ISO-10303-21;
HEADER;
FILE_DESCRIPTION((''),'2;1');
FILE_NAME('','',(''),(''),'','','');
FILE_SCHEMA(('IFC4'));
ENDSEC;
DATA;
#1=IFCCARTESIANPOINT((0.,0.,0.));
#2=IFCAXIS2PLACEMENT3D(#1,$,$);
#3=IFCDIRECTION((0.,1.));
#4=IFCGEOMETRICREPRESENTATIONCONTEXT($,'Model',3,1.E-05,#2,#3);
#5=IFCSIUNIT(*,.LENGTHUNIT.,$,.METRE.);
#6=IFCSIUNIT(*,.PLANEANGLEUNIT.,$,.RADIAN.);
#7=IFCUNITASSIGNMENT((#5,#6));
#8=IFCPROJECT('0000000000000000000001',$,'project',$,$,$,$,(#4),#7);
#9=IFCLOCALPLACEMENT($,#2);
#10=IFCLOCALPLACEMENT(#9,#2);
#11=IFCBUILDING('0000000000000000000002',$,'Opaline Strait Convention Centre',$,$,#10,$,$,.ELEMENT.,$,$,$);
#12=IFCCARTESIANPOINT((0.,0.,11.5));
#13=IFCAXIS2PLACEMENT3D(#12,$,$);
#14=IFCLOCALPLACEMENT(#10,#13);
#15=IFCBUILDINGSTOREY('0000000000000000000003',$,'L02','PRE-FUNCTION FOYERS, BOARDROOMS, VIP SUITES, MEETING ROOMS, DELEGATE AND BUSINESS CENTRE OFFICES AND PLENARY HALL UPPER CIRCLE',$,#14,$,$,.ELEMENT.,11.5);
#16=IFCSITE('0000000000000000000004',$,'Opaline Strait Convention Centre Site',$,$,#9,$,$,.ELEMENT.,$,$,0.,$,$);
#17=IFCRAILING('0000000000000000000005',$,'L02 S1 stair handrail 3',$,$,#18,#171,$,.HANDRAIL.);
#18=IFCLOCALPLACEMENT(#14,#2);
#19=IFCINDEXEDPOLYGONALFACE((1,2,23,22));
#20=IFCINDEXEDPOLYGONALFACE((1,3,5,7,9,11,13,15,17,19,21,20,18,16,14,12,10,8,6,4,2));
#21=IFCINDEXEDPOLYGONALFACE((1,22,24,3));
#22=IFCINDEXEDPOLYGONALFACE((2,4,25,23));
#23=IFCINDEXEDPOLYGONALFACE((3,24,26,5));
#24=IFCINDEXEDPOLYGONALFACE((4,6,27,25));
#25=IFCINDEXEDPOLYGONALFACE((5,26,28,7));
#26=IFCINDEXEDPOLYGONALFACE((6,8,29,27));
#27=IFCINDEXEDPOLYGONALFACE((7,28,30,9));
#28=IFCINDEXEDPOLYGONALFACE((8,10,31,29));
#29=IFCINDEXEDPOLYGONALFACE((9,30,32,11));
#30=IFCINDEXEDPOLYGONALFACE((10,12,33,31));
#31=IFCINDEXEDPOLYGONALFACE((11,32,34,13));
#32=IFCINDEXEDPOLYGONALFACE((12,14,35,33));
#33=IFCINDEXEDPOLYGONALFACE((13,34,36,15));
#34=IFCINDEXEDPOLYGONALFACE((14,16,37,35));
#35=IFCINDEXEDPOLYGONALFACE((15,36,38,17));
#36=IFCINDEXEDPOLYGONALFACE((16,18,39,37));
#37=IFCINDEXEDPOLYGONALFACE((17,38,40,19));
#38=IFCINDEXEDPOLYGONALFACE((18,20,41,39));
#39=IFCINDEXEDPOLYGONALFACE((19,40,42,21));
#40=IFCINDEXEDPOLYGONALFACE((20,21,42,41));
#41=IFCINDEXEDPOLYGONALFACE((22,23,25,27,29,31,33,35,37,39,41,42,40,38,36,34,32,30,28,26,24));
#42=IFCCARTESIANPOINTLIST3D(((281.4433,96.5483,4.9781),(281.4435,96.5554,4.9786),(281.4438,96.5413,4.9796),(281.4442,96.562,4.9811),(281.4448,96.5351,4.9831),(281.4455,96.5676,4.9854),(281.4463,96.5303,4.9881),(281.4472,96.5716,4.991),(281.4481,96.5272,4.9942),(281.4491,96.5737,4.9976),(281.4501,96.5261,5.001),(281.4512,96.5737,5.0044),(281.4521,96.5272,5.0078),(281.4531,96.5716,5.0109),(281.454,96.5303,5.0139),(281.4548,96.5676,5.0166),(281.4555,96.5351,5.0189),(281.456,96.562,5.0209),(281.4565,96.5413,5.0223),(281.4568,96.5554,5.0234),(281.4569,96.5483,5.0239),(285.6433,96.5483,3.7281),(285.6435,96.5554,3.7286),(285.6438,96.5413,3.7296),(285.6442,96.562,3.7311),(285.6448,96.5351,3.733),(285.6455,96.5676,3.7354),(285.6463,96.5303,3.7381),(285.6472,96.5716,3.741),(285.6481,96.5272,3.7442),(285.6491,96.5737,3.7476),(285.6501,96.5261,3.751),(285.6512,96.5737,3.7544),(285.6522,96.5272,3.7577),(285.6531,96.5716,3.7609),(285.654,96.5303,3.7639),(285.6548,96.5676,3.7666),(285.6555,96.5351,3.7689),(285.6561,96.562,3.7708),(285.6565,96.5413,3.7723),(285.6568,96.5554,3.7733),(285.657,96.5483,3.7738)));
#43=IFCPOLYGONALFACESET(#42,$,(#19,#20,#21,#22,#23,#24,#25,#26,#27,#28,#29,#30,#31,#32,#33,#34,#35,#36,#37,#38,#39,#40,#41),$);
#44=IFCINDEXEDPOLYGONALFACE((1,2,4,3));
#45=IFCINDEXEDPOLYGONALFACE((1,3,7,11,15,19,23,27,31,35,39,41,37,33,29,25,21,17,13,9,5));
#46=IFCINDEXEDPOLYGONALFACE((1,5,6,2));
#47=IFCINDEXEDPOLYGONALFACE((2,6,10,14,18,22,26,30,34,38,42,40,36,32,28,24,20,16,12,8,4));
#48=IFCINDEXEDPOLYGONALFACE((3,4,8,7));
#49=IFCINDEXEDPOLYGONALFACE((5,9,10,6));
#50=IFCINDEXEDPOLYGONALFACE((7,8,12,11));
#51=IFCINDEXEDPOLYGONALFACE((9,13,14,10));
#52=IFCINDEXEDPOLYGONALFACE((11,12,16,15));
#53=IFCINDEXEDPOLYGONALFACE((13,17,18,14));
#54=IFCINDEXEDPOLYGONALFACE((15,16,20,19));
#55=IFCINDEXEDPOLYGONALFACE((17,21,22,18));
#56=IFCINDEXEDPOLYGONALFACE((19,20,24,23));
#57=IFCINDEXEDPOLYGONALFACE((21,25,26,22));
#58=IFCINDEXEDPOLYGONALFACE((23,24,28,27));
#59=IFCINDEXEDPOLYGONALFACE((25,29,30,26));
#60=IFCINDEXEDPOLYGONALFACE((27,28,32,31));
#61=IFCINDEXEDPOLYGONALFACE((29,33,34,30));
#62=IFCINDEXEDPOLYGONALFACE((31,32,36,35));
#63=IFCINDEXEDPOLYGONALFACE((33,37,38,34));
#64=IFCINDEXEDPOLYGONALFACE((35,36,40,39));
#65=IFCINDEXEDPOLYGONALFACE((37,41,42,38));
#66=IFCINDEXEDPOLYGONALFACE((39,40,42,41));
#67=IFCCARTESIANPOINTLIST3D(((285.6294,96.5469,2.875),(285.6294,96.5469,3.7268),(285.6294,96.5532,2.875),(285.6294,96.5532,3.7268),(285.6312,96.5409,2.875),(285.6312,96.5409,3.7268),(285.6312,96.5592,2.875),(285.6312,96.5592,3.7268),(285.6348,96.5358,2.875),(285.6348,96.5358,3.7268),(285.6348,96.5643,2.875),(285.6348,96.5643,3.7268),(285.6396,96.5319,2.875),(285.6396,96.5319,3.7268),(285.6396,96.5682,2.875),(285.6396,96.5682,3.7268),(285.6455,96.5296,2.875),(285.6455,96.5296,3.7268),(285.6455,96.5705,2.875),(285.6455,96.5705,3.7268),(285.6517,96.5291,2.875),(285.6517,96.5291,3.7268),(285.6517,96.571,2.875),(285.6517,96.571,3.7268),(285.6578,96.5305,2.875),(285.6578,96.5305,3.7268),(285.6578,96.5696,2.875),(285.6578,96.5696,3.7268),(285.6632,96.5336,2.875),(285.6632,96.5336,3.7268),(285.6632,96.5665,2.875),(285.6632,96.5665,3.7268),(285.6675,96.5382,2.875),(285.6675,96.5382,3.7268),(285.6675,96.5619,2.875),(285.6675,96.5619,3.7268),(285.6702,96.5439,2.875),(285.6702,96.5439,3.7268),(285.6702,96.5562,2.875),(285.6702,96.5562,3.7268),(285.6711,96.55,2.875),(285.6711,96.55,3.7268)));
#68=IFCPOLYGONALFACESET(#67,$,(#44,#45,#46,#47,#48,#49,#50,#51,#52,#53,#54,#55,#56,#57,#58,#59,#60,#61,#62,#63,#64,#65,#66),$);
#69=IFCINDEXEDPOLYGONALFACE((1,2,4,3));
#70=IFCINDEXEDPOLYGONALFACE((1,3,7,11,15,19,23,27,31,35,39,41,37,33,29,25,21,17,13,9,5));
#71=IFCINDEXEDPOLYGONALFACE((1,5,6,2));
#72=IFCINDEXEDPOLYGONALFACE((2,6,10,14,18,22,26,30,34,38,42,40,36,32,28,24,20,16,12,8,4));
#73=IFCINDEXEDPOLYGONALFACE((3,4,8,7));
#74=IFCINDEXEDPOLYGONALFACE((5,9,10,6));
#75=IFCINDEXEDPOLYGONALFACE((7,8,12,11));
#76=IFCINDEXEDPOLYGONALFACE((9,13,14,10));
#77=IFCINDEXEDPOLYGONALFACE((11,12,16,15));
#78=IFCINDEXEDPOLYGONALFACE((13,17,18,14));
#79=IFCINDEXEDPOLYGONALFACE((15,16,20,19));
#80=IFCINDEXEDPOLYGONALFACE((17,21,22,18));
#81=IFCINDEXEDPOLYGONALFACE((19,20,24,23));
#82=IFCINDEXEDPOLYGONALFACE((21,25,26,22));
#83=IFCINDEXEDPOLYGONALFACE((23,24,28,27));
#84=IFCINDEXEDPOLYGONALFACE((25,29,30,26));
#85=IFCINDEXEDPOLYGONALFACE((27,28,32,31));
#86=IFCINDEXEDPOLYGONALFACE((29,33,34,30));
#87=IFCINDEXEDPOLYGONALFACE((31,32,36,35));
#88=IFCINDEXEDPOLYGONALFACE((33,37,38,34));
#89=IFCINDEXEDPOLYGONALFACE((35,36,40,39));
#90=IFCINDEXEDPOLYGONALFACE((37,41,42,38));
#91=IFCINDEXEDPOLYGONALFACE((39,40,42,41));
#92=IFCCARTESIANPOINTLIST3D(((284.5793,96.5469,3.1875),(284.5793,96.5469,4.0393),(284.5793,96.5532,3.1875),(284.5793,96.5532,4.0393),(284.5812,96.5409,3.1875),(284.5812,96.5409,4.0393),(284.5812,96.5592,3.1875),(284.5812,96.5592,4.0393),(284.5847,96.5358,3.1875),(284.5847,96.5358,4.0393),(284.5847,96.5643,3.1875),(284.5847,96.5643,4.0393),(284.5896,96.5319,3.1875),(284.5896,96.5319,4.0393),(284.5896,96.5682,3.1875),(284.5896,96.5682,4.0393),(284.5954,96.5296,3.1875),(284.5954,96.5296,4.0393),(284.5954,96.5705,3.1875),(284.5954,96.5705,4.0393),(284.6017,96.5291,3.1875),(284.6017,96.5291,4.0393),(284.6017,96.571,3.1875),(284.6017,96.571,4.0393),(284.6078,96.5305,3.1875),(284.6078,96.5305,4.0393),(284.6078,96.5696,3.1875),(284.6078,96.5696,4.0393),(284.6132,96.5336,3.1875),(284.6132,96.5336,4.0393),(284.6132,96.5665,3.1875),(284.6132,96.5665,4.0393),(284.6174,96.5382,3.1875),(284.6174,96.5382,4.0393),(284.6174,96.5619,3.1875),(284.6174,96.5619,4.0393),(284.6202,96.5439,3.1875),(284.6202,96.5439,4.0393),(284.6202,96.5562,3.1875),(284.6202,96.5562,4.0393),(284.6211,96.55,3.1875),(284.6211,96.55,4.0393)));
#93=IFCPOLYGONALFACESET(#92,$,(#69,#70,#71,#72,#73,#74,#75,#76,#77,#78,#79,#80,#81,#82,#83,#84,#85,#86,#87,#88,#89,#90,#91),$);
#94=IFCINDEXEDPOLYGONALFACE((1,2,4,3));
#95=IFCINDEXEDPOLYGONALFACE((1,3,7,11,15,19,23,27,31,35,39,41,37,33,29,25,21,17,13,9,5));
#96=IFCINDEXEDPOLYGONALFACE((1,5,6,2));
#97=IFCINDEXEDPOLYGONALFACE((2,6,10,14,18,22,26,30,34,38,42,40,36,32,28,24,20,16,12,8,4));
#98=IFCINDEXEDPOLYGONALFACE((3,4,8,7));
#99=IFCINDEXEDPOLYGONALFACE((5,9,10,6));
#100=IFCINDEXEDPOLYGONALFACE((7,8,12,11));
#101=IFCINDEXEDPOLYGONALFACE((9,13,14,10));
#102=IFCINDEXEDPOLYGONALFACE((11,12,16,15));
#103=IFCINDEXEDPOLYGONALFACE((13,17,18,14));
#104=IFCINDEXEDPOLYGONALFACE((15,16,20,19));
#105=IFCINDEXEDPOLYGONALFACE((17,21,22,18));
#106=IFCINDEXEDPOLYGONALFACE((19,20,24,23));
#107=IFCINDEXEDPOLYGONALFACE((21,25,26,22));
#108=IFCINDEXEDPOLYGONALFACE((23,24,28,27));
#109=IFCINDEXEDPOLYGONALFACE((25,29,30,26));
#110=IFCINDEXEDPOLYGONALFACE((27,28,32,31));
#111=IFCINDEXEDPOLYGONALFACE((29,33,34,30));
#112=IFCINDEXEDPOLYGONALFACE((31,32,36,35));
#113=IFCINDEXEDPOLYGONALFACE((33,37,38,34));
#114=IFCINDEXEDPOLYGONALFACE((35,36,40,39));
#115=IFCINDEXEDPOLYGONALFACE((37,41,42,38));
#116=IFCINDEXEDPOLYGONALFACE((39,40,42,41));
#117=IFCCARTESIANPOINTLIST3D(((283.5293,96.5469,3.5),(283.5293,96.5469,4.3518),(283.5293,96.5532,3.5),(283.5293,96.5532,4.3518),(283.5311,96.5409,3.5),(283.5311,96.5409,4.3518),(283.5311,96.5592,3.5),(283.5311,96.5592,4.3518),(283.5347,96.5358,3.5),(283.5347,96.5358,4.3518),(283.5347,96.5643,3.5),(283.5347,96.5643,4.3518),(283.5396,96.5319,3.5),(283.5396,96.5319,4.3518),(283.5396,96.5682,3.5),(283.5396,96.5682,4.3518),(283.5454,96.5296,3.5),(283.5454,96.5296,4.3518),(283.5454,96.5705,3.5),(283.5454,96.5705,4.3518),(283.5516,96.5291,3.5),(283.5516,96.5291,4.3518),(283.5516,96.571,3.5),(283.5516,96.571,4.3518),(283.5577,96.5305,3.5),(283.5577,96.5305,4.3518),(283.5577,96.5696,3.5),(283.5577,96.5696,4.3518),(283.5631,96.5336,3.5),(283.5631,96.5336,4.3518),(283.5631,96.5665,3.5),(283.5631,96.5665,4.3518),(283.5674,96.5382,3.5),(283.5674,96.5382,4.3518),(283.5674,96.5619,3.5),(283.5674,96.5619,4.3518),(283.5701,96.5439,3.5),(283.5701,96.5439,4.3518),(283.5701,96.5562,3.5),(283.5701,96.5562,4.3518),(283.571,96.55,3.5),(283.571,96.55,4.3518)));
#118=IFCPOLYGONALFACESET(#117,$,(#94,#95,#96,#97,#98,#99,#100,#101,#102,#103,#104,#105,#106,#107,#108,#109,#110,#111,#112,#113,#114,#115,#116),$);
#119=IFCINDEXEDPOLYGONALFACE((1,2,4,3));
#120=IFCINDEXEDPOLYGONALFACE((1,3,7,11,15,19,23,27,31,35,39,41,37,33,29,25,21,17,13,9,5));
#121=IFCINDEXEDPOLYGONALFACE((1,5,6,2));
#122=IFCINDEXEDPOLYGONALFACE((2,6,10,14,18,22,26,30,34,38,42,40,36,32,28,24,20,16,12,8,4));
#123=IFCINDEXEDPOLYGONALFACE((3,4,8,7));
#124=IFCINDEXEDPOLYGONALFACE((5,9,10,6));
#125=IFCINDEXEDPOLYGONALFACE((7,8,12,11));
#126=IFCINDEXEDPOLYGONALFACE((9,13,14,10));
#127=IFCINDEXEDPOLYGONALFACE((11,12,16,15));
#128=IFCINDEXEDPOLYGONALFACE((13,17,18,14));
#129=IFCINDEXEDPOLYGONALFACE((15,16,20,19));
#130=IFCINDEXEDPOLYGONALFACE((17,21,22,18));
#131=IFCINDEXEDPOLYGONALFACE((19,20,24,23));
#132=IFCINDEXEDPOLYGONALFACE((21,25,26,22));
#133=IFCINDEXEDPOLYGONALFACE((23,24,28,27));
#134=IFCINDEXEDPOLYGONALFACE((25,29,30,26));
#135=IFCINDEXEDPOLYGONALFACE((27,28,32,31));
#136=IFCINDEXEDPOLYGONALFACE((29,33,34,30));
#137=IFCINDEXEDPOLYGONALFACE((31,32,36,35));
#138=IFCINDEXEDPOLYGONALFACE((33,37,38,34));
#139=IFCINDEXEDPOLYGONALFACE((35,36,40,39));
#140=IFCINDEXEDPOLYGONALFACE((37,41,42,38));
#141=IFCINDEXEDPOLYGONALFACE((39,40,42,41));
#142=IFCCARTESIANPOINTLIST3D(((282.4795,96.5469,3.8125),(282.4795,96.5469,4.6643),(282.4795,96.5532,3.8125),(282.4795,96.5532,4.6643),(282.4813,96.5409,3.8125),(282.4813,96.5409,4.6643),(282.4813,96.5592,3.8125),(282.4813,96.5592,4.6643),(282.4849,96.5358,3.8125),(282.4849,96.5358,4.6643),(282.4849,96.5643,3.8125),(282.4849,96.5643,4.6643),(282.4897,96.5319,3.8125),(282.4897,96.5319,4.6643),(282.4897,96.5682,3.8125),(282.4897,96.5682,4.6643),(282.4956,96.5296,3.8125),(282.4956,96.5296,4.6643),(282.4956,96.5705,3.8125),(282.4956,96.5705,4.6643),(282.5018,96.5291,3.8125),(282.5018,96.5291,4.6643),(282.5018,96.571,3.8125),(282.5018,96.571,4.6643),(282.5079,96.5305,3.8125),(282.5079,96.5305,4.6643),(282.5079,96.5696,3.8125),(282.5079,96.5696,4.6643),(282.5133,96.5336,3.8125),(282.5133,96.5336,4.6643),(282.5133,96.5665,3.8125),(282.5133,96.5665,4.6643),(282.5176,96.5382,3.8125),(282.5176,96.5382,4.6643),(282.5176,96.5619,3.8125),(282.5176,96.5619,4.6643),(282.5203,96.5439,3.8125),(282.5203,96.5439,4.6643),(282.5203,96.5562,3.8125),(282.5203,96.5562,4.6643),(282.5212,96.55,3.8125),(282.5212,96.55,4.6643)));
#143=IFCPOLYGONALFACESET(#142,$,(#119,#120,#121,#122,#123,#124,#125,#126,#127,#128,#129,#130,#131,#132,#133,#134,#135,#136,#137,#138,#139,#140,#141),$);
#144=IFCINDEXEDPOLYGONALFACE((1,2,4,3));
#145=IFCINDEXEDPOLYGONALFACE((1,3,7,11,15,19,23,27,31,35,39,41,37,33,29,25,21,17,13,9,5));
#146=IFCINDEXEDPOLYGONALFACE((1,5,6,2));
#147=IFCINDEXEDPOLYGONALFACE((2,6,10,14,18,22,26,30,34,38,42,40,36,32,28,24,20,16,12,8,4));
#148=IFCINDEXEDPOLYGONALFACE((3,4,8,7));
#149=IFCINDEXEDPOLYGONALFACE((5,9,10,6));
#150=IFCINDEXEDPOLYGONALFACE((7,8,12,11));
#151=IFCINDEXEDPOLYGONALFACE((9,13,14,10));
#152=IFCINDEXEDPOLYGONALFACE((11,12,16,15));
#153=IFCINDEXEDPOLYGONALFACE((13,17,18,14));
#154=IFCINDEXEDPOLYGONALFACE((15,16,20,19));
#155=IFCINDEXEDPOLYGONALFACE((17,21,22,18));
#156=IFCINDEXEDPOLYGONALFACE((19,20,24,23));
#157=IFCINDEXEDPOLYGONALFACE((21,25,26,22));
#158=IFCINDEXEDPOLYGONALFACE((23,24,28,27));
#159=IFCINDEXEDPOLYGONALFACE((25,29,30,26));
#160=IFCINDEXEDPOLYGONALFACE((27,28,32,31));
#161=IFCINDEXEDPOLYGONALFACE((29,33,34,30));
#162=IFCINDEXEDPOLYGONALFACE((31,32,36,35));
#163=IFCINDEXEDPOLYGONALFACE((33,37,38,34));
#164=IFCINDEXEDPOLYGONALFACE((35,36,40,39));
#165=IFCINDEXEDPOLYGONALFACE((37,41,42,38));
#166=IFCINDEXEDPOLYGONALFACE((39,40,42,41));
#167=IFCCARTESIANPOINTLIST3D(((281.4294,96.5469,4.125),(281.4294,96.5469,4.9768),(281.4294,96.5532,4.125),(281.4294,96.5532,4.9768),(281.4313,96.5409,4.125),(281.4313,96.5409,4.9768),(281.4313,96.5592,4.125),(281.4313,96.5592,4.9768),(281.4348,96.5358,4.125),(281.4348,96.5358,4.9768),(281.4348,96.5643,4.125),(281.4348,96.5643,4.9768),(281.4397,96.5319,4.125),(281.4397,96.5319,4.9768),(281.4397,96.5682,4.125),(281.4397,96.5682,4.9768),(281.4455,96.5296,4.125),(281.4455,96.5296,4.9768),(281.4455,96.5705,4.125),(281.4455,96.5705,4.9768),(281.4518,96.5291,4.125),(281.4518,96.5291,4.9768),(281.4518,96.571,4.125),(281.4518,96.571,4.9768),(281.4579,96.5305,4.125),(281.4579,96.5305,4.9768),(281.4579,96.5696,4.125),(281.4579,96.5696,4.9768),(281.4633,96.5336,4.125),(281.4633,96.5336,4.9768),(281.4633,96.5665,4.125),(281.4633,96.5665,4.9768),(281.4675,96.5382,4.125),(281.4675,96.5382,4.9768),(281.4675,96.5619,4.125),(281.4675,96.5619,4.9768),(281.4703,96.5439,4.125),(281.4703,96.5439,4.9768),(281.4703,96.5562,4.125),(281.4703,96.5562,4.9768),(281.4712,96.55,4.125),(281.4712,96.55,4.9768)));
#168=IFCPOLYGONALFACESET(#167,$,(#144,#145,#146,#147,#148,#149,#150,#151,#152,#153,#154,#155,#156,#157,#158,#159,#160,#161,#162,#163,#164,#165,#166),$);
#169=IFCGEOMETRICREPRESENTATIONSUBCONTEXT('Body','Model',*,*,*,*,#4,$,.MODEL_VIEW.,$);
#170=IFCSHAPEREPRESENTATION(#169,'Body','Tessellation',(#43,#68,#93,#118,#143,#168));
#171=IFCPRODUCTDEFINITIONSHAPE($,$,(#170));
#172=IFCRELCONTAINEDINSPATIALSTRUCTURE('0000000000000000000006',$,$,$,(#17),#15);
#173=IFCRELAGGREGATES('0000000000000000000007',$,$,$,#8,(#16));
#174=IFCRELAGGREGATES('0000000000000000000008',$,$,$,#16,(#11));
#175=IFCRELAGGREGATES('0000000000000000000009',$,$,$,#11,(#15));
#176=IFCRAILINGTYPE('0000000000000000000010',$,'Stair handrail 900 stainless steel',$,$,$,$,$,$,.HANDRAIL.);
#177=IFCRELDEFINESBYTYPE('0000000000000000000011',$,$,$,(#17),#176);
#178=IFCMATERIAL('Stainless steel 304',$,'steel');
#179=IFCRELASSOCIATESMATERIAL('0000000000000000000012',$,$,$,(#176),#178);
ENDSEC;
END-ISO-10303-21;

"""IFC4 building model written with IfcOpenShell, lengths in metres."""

from ifc_helpers import new_model, si_unit, direction, frame, origin, origin_2d, place, context, subcontext, project, spatial, circle, extrude, material, type_object, element, save


model = new_model("IFC4")

# Units and contexts
model_context = context("Model", 3, precision=1e-05, world=origin(), true_north=direction((0.0, 1.0)))
body_context = subcontext(model_context, "Body", "Model", "MODEL_VIEW")
ifc_project = project(units=[si_unit("LENGTHUNIT", "METRE"), si_unit("PLANEANGLEUNIT", "RADIAN")], contexts=[model_context])

# Site, building, storey
site_placement = place(None, origin())
site = spatial("IfcSite", under=ifc_project, at=site_placement, Name="Opaline Strait Convention Centre Site", CompositionType="ELEMENT", RefElevation=0.0)
building_placement = place(site_placement, origin())
building = spatial("IfcBuilding", under=site, at=building_placement, Name="Opaline Strait Convention Centre", CompositionType="ELEMENT")
storey_placement = place(building_placement, frame((0.0, 0.0, 11.5)))
storey = spatial("IfcBuildingStorey", under=building, at=storey_placement, Name="L02", Description="PRE-FUNCTION FOYERS, BOARDROOMS, VIP SUITES, MEETING ROOMS, DELEGATE AND BUSINESS CENTRE OFFICES AND PLENARY HALL UPPER CIRCLE", CompositionType="ELEMENT", Elevation=11.5)

# Shared definitions
ifc_material_1 = material(Name="Stainless steel 304", Category="steel")

# Railing
railing_type_1 = type_object("IfcRailingType", Name="Stair handrail 900 stainless steel", PredefinedType="HANDRAIL", material=ifc_material_1)
for number, where, name in (
    (1, (285.6501, 96.55, 2.875), "L02 S1 stair handrail 3"),
):
    element("IfcRailing", number, at=place(storey_placement, frame(where)), inside=storey, type_object=railing_type_1, Name=name, PredefinedType="HANDRAIL", context=body_context, shape_type="SweptSolid", body=[
        extrude(circle(Radius=0.0239, at=origin_2d()), frame((0.0, 0.0, 0.876), z_axis=(-0.958451, 0.0, 0.285257), x_axis=(0.0, -1.0, 0.0)), (0.0, 0.0, 1.0), 4.3821),
        extrude(circle(Radius=0.021, at=origin_2d()), origin(), (0.0, 0.0, 1.0), 0.8518),
        extrude(circle(Radius=0.021, at=origin_2d()), frame((-1.05, 0.0, 0.3125)), (0.0, 0.0, 1.0), 0.8518),
        extrude(circle(Radius=0.021, at=origin_2d()), frame((-2.1001, 0.0, 0.625)), (0.0, 0.0, 1.0), 0.8518),
        extrude(circle(Radius=0.021, at=origin_2d()), frame((-3.1499, 0.0, 0.9375)), (0.0, 0.0, 1.0), 0.8518),
        extrude(circle(Radius=0.021, at=origin_2d()), frame((-4.2, 0.0, 1.25)), (0.0, 0.0, 1.0), 0.8518),
    ])

save(model, "model.ifc")
